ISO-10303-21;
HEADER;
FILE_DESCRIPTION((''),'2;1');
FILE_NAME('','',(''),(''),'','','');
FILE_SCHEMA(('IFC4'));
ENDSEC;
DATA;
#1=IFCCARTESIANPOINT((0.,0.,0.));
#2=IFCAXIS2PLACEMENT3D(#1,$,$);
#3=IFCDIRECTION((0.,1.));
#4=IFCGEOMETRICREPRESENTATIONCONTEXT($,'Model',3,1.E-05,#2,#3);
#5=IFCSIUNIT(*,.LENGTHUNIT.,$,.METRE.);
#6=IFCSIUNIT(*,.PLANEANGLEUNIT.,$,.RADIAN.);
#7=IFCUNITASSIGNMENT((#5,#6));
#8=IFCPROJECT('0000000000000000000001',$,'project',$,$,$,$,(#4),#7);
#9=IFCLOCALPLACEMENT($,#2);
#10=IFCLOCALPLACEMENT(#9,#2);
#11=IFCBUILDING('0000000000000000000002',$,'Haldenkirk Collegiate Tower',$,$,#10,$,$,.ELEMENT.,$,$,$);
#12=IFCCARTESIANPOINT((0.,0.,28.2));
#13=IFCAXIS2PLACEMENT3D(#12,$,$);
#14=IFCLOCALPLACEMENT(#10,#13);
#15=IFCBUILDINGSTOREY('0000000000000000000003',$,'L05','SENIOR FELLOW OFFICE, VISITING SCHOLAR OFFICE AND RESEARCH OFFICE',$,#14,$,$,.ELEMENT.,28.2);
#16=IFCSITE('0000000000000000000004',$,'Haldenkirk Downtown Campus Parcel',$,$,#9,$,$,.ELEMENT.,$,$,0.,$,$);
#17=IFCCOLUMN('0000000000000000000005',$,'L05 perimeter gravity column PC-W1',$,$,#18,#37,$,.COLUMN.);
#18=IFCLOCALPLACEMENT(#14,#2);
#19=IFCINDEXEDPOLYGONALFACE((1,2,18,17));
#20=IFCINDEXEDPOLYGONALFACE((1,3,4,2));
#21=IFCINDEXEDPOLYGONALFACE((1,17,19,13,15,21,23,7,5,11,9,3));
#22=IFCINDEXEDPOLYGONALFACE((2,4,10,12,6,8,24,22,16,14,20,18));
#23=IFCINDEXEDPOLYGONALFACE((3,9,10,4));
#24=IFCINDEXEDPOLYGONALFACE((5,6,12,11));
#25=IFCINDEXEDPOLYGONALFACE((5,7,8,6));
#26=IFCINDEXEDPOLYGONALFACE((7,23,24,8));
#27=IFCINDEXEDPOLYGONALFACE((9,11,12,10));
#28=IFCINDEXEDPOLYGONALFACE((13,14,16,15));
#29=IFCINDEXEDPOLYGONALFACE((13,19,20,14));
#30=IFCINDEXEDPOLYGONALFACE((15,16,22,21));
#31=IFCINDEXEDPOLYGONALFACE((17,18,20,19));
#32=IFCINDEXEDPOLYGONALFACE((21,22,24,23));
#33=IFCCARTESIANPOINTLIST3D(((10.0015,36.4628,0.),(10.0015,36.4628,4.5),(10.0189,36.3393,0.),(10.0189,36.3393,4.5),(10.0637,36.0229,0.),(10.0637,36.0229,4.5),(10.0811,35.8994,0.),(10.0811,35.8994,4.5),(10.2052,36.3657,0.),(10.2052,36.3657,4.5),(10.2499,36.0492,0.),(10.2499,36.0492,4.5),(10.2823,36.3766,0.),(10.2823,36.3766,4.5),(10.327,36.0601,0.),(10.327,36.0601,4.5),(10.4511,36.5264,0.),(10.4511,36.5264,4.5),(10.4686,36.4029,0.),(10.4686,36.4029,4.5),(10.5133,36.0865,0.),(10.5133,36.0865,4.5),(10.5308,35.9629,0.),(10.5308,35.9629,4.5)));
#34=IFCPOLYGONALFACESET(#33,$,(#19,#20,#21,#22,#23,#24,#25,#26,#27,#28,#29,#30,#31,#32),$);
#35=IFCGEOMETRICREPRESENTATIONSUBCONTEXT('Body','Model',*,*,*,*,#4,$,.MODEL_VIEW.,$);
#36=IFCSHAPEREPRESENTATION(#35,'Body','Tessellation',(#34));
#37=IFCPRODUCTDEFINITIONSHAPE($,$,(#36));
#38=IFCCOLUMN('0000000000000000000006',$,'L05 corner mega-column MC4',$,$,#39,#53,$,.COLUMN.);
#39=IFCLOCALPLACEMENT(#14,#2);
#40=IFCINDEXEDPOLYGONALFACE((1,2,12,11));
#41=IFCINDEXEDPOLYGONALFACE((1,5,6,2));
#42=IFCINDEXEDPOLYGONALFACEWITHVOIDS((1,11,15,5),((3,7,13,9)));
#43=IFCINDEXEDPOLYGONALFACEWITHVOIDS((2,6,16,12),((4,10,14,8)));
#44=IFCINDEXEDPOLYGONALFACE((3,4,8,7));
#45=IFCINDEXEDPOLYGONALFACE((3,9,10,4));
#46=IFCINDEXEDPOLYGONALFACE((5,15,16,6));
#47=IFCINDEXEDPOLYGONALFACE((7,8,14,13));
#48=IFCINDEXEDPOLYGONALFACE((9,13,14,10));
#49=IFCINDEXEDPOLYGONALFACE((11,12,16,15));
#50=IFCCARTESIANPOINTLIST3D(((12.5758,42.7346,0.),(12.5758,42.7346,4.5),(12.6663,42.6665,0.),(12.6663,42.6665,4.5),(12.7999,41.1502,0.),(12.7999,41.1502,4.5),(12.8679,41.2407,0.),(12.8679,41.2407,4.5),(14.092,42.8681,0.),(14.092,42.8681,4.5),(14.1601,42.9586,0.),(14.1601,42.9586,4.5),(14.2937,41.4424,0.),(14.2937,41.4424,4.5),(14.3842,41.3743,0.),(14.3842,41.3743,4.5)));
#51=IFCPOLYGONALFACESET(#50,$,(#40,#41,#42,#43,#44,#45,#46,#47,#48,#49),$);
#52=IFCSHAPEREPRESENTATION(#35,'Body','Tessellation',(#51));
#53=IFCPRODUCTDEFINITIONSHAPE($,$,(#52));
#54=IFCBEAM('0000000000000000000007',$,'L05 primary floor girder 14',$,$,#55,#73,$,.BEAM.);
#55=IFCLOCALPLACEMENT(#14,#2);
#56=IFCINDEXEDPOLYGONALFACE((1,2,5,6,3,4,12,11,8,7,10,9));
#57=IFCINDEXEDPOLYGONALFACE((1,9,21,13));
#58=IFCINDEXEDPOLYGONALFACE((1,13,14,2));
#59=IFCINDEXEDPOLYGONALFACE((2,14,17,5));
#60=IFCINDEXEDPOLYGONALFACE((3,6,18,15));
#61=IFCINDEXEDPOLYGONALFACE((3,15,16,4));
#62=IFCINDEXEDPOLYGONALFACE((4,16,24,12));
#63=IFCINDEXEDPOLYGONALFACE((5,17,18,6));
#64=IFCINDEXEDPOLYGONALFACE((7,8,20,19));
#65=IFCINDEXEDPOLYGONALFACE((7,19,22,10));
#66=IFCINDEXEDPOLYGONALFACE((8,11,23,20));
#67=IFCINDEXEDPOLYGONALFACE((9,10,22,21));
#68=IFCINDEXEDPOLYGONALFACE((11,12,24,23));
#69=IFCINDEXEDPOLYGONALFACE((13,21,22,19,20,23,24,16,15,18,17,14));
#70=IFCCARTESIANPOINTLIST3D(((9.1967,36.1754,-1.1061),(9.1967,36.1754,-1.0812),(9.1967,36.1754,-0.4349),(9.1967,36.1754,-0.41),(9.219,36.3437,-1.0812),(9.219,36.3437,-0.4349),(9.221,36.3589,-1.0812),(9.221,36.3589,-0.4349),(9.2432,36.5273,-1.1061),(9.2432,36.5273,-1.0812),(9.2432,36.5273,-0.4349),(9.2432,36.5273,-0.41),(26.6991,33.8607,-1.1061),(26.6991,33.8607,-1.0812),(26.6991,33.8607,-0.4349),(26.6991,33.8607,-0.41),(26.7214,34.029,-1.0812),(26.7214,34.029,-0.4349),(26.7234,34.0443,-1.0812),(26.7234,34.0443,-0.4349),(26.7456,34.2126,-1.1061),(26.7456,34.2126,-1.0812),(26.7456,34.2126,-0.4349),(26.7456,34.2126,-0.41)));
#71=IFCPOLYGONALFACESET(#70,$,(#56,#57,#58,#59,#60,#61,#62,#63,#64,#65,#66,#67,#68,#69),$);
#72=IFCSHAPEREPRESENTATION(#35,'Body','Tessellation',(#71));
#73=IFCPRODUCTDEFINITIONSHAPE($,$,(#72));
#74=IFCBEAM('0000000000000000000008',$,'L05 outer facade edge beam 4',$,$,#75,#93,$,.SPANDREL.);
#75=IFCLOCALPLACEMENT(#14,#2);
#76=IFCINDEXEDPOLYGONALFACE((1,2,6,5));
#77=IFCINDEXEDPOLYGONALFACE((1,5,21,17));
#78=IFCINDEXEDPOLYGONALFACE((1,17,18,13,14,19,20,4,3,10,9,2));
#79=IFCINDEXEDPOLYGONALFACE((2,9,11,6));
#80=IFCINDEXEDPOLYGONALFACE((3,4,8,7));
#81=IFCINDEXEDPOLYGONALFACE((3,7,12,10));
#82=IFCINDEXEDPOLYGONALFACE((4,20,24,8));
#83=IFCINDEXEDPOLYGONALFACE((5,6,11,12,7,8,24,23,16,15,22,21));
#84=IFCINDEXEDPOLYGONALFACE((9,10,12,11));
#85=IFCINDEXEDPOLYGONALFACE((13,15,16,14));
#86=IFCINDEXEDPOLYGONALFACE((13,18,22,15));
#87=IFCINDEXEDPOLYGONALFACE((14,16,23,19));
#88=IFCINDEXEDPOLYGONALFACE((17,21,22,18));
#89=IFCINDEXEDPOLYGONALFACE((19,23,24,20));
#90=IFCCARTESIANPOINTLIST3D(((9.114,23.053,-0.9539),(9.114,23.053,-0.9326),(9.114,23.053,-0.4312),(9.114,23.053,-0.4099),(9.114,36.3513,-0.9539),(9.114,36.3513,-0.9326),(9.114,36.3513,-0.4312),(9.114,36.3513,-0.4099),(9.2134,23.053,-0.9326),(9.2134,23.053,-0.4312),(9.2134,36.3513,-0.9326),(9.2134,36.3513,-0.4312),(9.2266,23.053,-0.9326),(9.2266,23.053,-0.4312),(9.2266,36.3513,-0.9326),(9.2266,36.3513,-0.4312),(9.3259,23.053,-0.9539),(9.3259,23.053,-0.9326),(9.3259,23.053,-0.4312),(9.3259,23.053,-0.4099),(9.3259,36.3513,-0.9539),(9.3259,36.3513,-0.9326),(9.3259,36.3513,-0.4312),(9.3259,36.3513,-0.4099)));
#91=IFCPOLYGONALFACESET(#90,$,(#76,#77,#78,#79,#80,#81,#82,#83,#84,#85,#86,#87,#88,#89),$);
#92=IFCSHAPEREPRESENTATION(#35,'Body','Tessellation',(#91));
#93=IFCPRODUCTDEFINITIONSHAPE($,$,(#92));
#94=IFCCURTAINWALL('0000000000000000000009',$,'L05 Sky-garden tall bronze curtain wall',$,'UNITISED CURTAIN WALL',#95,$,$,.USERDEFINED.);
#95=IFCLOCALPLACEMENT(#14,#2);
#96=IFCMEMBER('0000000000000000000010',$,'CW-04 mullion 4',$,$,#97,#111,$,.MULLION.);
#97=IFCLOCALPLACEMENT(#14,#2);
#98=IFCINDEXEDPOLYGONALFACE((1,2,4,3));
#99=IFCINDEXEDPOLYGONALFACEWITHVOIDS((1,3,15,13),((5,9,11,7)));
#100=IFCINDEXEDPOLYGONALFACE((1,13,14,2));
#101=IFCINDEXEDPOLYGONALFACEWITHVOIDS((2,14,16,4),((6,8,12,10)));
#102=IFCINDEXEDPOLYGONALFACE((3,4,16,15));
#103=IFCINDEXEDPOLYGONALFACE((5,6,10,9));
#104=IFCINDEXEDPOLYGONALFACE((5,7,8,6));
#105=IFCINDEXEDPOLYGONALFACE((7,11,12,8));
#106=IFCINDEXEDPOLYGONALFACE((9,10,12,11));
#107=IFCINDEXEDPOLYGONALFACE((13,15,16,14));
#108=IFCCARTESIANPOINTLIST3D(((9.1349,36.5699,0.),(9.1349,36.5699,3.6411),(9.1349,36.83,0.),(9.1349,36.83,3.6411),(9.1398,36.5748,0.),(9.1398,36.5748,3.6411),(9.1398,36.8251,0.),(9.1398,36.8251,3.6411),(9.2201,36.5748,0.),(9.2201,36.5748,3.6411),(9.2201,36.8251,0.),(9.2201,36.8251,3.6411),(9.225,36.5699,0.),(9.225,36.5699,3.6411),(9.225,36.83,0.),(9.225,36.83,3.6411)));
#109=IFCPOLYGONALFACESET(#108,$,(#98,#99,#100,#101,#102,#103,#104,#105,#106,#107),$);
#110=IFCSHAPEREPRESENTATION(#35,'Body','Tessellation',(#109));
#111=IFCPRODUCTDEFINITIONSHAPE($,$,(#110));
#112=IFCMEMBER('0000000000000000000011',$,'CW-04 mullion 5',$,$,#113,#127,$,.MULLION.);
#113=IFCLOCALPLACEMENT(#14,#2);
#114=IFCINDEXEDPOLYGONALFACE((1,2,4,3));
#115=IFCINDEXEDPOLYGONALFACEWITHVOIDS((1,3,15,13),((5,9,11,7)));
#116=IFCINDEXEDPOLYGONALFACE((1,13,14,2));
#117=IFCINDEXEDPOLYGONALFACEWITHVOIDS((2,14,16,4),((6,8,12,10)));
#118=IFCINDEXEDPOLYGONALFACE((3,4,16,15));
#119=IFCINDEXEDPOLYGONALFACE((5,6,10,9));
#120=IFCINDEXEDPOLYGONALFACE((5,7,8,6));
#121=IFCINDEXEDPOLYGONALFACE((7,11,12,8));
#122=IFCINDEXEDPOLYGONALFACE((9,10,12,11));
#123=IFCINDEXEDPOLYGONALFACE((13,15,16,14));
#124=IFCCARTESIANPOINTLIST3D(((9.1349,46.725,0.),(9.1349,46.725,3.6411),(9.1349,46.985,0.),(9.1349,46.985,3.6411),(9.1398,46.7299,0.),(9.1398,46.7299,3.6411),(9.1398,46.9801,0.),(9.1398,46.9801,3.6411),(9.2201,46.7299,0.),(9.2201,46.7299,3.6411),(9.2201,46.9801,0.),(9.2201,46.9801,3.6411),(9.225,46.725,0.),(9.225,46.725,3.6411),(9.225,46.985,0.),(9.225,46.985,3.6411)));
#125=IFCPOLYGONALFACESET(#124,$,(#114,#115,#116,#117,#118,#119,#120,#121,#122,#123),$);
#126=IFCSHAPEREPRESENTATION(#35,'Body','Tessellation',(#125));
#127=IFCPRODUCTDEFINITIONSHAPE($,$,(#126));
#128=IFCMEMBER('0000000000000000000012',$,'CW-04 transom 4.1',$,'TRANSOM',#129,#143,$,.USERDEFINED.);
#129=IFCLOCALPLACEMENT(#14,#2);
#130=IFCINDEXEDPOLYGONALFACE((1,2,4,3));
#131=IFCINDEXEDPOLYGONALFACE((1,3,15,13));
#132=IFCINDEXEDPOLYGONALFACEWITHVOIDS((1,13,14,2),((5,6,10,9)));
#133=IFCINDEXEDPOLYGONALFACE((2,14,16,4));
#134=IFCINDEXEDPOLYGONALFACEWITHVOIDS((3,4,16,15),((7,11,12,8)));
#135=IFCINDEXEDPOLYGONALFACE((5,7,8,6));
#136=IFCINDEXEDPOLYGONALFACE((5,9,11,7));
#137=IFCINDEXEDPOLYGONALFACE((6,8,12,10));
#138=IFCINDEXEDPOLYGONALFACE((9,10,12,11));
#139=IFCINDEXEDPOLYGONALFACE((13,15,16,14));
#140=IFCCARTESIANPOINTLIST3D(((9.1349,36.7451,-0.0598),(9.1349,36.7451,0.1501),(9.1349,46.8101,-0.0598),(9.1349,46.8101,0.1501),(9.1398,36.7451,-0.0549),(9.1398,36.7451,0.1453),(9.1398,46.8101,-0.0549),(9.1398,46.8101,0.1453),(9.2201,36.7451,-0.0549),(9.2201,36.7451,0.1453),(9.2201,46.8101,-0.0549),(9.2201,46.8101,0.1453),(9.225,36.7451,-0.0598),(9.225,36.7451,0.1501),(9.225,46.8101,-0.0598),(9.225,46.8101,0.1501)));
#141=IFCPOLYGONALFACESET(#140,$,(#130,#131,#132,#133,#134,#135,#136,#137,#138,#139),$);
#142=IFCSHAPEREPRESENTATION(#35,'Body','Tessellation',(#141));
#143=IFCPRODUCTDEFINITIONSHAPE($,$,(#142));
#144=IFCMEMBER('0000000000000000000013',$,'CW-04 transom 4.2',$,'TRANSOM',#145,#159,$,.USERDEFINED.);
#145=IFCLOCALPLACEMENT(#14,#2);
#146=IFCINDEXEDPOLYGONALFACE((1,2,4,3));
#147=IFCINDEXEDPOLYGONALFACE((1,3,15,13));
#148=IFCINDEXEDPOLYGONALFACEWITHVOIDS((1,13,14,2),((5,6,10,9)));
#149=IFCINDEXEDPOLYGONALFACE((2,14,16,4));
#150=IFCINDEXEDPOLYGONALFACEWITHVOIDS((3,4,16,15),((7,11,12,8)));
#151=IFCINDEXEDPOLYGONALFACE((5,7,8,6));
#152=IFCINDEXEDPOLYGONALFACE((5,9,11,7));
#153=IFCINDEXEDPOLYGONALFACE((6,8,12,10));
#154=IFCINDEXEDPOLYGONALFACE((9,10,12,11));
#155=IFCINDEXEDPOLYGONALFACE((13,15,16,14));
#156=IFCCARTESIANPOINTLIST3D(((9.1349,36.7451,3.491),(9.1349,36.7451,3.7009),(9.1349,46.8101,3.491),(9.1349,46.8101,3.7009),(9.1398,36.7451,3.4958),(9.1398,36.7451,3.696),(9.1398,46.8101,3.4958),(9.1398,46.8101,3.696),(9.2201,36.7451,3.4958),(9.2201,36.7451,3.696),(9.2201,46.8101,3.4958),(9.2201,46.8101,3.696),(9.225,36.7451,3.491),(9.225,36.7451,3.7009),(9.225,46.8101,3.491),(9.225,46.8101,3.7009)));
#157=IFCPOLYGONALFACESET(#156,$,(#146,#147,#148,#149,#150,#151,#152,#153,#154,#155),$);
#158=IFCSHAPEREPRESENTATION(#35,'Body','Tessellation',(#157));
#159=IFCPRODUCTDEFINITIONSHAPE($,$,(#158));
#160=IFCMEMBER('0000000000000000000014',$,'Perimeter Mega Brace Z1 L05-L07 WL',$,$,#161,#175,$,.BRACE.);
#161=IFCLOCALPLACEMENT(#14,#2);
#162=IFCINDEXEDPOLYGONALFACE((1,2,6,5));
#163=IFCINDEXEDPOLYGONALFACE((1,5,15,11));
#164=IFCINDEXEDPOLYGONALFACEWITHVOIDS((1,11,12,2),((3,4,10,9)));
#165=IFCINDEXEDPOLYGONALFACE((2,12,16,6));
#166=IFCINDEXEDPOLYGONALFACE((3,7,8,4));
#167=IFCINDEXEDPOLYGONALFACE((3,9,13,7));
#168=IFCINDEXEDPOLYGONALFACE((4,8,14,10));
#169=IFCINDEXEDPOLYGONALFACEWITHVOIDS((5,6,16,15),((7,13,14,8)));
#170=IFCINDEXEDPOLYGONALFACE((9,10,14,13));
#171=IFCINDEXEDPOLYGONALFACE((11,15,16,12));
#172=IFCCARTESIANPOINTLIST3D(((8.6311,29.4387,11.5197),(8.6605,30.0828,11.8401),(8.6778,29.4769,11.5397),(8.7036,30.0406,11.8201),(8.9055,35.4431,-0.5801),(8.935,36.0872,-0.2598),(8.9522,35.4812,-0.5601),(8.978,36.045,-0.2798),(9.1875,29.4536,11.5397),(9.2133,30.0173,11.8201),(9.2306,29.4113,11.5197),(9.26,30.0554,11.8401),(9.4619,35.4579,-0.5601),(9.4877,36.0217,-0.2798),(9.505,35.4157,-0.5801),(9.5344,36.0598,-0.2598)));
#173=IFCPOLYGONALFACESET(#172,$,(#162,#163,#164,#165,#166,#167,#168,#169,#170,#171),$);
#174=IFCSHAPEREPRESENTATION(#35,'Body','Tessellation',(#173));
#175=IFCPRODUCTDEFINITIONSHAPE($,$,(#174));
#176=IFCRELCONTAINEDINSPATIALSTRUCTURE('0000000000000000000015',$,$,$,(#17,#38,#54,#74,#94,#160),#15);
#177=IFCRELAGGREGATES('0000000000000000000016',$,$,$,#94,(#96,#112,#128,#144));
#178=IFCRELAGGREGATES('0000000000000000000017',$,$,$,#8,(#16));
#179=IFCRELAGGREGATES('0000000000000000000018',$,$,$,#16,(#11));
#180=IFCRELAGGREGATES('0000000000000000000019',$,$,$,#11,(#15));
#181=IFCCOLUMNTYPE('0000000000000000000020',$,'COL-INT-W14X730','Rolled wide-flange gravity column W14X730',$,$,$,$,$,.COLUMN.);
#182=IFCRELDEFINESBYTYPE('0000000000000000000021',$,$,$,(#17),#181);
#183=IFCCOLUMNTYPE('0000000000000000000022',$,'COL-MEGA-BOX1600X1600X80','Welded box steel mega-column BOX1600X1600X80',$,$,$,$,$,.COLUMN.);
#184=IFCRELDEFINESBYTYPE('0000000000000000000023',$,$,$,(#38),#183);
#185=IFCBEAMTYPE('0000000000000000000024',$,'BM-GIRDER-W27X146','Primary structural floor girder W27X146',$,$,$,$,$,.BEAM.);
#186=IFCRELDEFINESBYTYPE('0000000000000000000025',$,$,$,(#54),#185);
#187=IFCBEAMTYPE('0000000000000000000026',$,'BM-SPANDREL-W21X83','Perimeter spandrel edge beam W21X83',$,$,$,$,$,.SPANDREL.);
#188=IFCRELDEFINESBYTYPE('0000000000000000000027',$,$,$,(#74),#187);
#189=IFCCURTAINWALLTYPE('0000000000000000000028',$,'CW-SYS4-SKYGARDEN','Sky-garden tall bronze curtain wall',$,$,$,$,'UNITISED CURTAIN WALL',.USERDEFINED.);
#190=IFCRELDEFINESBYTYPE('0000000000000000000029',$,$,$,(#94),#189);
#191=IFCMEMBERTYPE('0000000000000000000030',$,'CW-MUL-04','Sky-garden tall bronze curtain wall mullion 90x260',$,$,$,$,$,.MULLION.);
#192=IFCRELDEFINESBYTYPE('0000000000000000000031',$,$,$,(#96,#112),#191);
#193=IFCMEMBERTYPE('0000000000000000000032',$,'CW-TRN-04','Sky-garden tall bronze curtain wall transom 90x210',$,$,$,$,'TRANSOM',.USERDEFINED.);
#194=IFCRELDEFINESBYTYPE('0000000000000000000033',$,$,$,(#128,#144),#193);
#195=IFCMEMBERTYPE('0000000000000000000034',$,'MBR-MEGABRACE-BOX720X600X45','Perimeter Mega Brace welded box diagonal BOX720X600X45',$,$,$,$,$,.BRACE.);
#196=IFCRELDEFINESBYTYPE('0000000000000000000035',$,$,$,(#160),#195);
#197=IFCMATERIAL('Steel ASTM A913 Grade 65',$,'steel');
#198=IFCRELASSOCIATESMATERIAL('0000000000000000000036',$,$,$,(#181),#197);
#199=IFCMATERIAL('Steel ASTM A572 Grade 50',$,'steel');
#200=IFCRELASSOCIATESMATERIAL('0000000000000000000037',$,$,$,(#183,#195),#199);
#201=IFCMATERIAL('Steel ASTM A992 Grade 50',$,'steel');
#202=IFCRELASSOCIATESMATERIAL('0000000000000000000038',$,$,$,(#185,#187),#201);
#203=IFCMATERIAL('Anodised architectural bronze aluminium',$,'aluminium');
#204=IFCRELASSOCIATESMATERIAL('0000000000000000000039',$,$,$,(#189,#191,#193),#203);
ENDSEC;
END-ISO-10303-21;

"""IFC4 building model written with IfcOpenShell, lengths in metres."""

from ifc_helpers import new_model, si_unit, direction, frame, origin, origin_2d, place, context, subcontext, project, spatial, hollow_rectangle, i_section, extrude, material, material_profile, profile_set, type_object, element, aggregate, save


model = new_model("IFC4")

# Units and contexts
model_context = context("Model", 3, precision=1e-05, world=origin(), true_north=direction((0.0, 1.0)))
body_context = subcontext(model_context, "Body", "Model", "MODEL_VIEW")
ifc_project = project(units=[si_unit("LENGTHUNIT", "METRE"), si_unit("PLANEANGLEUNIT", "RADIAN")], contexts=[model_context])

# Site, building, storey
site_placement = place(None, origin())
site = spatial("IfcSite", under=ifc_project, at=site_placement, Name="Haldenkirk Downtown Campus Parcel", CompositionType="ELEMENT", RefElevation=0.0)
building_placement = place(site_placement, origin())
building = spatial("IfcBuilding", under=site, at=building_placement, Name="Haldenkirk Collegiate Tower", CompositionType="ELEMENT")
storey_placement = place(building_placement, frame((0.0, 0.0, 28.2)))
storey = spatial("IfcBuildingStorey", under=building, at=storey_placement, Name="L05", Description="SENIOR FELLOW OFFICE, VISITING SCHOLAR OFFICE AND RESEARCH OFFICE", CompositionType="ELEMENT", Elevation=28.2)

# Columns
ifc_material_1 = material(Name="Steel ASTM A913 Grade 65", Category="steel")
ifc_material_profile_1 = material_profile(ifc_material_1, i_section(OverallWidth=0.4541, OverallDepth=0.5691, WebThickness=0.0779, FlangeThickness=0.1248, at=origin_2d()), Name="W14X730")
ifc_profile_set_1 = profile_set([ifc_material_profile_1], Name="Steel ASTM A913 Grade 65")
column_type_1 = type_object("IfcColumnType", Name="COL-INT-W14X730", Description="Rolled wide-flange gravity column W14X730", PredefinedType="COLUMN", material=ifc_profile_set_1)
column_1_placement = place(storey_placement, frame((10.2661, 36.2129, 0.0), z_axis=(0.0, 0.0, 1.0), x_axis=(0.990146, 0.140037, 0.0)))
element("IfcColumn", 1, at=column_1_placement, inside=storey, type_object=column_type_1, Name="L05 perimeter gravity column PC-W1", PredefinedType="COLUMN", context=body_context, shape_type="SweptSolid", body=[
    extrude(i_section(OverallWidth=0.4541, OverallDepth=0.5691, WebThickness=0.0779, FlangeThickness=0.1248, at=origin_2d()), origin(), (0.0, 0.0, 1.0), 4.5),
])
ifc_material_2 = material(Name="Steel ASTM A572 Grade 50", Category="steel")
ifc_material_profile_2 = material_profile(ifc_material_2, hollow_rectangle(XDim=1.6001, YDim=1.6001, WallThickness=0.0801, at=origin_2d()), Name="BOX1600X1600X80")
ifc_profile_set_2 = profile_set([ifc_material_profile_2], Name="Steel ASTM A572 Grade 50")
column_type_2 = type_object("IfcColumnType", Name="COL-MEGA-BOX1600X1600X80", Description="Welded box steel mega-column BOX1600X1600X80", PredefinedType="COLUMN", material=ifc_profile_set_2)
column_2_placement = place(storey_placement, frame((13.48, 42.0544, 0.0), z_axis=(0.0, 0.0, 1.0), x_axis=(0.990146, 0.140037, 0.0)))
element("IfcColumn", 2, at=column_2_placement, inside=storey, type_object=column_type_2, Name="L05 corner mega-column MC4", PredefinedType="COLUMN", context=body_context, shape_type="SweptSolid", body=[
    extrude(hollow_rectangle(XDim=1.6001, YDim=1.6001, WallThickness=0.0801, at=origin_2d()), origin(), (0.0, 0.0, 1.0), 4.5),
])

# Beams
ifc_material_3 = material(Name="Steel ASTM A992 Grade 50", Category="steel")
ifc_material_profile_3 = material_profile(ifc_material_3, i_section(OverallWidth=0.355, OverallDepth=0.696, WebThickness=0.0154, FlangeThickness=0.0249, at=origin_2d()), Name="W27X146")
ifc_profile_set_3 = profile_set([ifc_material_profile_3], Name="Steel ASTM A992 Grade 50")
beam_type_1 = type_object("IfcBeamType", Name="BM-GIRDER-W27X146", Description="Primary structural floor girder W27X146", PredefinedType="BEAM", material=ifc_profile_set_3)
beam_1_placement = place(storey_placement, frame((9.22, 36.3513, -0.7581), z_axis=(0.991368, -0.131108, 0.0), x_axis=(0.131108, 0.991368, 0.0)))
element("IfcBeam", 3, at=beam_1_placement, inside=storey, type_object=beam_type_1, Name="L05 primary floor girder 14", PredefinedType="BEAM", context=body_context, shape_type="SweptSolid", body=[
    extrude(i_section(OverallWidth=0.355, OverallDepth=0.696, WebThickness=0.0154, FlangeThickness=0.0249, at=origin_2d()), origin(), (0.0, 0.0, 1.0), 17.6548),
])
ifc_material_profile_4 = material_profile(ifc_material_3, i_section(OverallWidth=0.2119, OverallDepth=0.5439, WebThickness=0.0132, FlangeThickness=0.0212, at=origin_2d()), Name="W21X83")
ifc_profile_set_4 = profile_set([ifc_material_profile_4], Name="Steel ASTM A992 Grade 50")
beam_type_2 = type_object("IfcBeamType", Name="BM-SPANDREL-W21X83", Description="Perimeter spandrel edge beam W21X83", PredefinedType="SPANDREL", material=ifc_profile_set_4)
beam_2_placement = place(storey_placement, frame((9.22, 36.3513, -0.6819), z_axis=(0.0, -1.0, 0.0), x_axis=(1.0, 0.0, 0.0)))
element("IfcBeam", 4, at=beam_2_placement, inside=storey, type_object=beam_type_2, Name="L05 outer facade edge beam 4", PredefinedType="SPANDREL", context=body_context, shape_type="SweptSolid", body=[
    extrude(i_section(OverallWidth=0.2119, OverallDepth=0.5439, WebThickness=0.0132, FlangeThickness=0.0212, at=origin_2d()), origin(), (0.0, 0.0, 1.0), 13.2983),
])

# Curtain wall, members
ifc_material_4 = material(Name="Anodised architectural bronze aluminium", Category="aluminium")
curtain_wall_type = type_object("IfcCurtainWallType", Name="CW-SYS4-SKYGARDEN", Description="Sky-garden tall bronze curtain wall", ElementType="UNITISED CURTAIN WALL", PredefinedType="USERDEFINED", material=ifc_material_4)
curtain_wall_placement = place(storey_placement, origin())
curtain_wall = element("IfcCurtainWall", 5, at=curtain_wall_placement, inside=storey, type_object=curtain_wall_type, Name="L05 Sky-garden tall bronze curtain wall", ObjectType="UNITISED CURTAIN WALL", PredefinedType="USERDEFINED")
ifc_material_profile_5 = material_profile(ifc_material_4, hollow_rectangle(XDim=0.0901, YDim=0.26, WallThickness=0.0049, at=origin_2d()), Name="CW-MUL-04")
ifc_profile_set_5 = profile_set([ifc_material_profile_5], Name="Anodised architectural bronze aluminium")
member_type_1 = type_object("IfcMemberType", Name="CW-MUL-04", Description="Sky-garden tall bronze curtain wall mullion 90x260", PredefinedType="MULLION", material=ifc_profile_set_5)
member_1_placement = place(storey_placement, frame((9.1799, 36.7, 0.0), z_axis=(0.0, 0.0, 1.0), x_axis=(-1.0, 0.0, 0.0)))
member_1 = element("IfcMember", 6, at=member_1_placement, type_object=member_type_1, Name="CW-04 mullion 4", PredefinedType="MULLION", context=body_context, shape_type="SweptSolid", body=[
    extrude(hollow_rectangle(XDim=0.0901, YDim=0.26, WallThickness=0.0049, at=origin_2d()), origin(), (0.0, 0.0, 1.0), 3.6411),
])
member_2_placement = place(storey_placement, frame((9.1799, 46.855, 0.0), z_axis=(0.0, 0.0, 1.0), x_axis=(-1.0, 0.0, 0.0)))
member_2 = element("IfcMember", 7, at=member_2_placement, type_object=member_type_1, Name="CW-04 mullion 5", PredefinedType="MULLION", context=body_context, shape_type="SweptSolid", body=[
    extrude(hollow_rectangle(XDim=0.0901, YDim=0.26, WallThickness=0.0049, at=origin_2d()), origin(), (0.0, 0.0, 1.0), 3.6411),
])
ifc_material_profile_6 = material_profile(ifc_material_4, hollow_rectangle(XDim=0.0901, YDim=0.21, WallThickness=0.0049, at=origin_2d()), Name="CW-TRN-04")
ifc_profile_set_6 = profile_set([ifc_material_profile_6], Name="Anodised architectural bronze aluminium")
member_type_2 = type_object("IfcMemberType", Name="CW-TRN-04", Description="Sky-garden tall bronze curtain wall transom 90x210", ElementType="TRANSOM", PredefinedType="USERDEFINED", material=ifc_profile_set_6)
member_3_placement = place(storey_placement, frame((9.1799, 36.7451, 0.0452), z_axis=(0.0, 1.0, 0.0), x_axis=(-1.0, 0.0, 0.0)))
member_3 = element("IfcMember", 8, at=member_3_placement, type_object=member_type_2, Name="CW-04 transom 4.1", ObjectType="TRANSOM", PredefinedType="USERDEFINED", context=body_context, shape_type="SweptSolid", body=[
    extrude(hollow_rectangle(XDim=0.0901, YDim=0.21, WallThickness=0.0049, at=origin_2d()), origin(), (0.0, 0.0, 1.0), 10.0649),
])
member_4_placement = place(storey_placement, frame((9.1799, 36.7451, 3.5959), z_axis=(0.0, 1.0, 0.0), x_axis=(-1.0, 0.0, 0.0)))
member_4 = element("IfcMember", 9, at=member_4_placement, type_object=member_type_2, Name="CW-04 transom 4.2", ObjectType="TRANSOM", PredefinedType="USERDEFINED", context=body_context, shape_type="SweptSolid", body=[
    extrude(hollow_rectangle(XDim=0.0901, YDim=0.21, WallThickness=0.0049, at=origin_2d()), origin(), (0.0, 0.0, 1.0), 10.0649),
])

# Member
ifc_material_profile_7 = material_profile(ifc_material_2, hollow_rectangle(XDim=0.6001, YDim=0.72, WallThickness=0.0449, at=origin_2d()), Name="BOX720X600X45")
ifc_profile_set_7 = profile_set([ifc_material_profile_7], Name="Steel ASTM A572 Grade 50")
member_type_3 = type_object("IfcMemberType", Name="MBR-MEGABRACE-BOX720X600X45", Description="Perimeter Mega Brace welded box diagonal BOX720X600X45", PredefinedType="BRACE", material=ifc_profile_set_7)
member_5_placement = place(storey_placement, frame((9.22, 35.7515, -0.4199), z_axis=(-0.020311, -0.444423, 0.895587), x_axis=(0.998957, -0.045655, 0.0)))
element("IfcMember", 10, at=member_5_placement, inside=storey, type_object=member_type_3, Name="Perimeter Mega Brace Z1 L05-L07 WL", PredefinedType="BRACE", context=body_context, shape_type="SweptSolid", body=[
    extrude(hollow_rectangle(XDim=0.6001, YDim=0.72, WallThickness=0.0449, at=origin_2d()), origin(), (0.0, 0.0, 1.0), 13.5105),
])

aggregate(curtain_wall, [member_1, member_2, member_3, member_4])

save(model, "model.ifc")
